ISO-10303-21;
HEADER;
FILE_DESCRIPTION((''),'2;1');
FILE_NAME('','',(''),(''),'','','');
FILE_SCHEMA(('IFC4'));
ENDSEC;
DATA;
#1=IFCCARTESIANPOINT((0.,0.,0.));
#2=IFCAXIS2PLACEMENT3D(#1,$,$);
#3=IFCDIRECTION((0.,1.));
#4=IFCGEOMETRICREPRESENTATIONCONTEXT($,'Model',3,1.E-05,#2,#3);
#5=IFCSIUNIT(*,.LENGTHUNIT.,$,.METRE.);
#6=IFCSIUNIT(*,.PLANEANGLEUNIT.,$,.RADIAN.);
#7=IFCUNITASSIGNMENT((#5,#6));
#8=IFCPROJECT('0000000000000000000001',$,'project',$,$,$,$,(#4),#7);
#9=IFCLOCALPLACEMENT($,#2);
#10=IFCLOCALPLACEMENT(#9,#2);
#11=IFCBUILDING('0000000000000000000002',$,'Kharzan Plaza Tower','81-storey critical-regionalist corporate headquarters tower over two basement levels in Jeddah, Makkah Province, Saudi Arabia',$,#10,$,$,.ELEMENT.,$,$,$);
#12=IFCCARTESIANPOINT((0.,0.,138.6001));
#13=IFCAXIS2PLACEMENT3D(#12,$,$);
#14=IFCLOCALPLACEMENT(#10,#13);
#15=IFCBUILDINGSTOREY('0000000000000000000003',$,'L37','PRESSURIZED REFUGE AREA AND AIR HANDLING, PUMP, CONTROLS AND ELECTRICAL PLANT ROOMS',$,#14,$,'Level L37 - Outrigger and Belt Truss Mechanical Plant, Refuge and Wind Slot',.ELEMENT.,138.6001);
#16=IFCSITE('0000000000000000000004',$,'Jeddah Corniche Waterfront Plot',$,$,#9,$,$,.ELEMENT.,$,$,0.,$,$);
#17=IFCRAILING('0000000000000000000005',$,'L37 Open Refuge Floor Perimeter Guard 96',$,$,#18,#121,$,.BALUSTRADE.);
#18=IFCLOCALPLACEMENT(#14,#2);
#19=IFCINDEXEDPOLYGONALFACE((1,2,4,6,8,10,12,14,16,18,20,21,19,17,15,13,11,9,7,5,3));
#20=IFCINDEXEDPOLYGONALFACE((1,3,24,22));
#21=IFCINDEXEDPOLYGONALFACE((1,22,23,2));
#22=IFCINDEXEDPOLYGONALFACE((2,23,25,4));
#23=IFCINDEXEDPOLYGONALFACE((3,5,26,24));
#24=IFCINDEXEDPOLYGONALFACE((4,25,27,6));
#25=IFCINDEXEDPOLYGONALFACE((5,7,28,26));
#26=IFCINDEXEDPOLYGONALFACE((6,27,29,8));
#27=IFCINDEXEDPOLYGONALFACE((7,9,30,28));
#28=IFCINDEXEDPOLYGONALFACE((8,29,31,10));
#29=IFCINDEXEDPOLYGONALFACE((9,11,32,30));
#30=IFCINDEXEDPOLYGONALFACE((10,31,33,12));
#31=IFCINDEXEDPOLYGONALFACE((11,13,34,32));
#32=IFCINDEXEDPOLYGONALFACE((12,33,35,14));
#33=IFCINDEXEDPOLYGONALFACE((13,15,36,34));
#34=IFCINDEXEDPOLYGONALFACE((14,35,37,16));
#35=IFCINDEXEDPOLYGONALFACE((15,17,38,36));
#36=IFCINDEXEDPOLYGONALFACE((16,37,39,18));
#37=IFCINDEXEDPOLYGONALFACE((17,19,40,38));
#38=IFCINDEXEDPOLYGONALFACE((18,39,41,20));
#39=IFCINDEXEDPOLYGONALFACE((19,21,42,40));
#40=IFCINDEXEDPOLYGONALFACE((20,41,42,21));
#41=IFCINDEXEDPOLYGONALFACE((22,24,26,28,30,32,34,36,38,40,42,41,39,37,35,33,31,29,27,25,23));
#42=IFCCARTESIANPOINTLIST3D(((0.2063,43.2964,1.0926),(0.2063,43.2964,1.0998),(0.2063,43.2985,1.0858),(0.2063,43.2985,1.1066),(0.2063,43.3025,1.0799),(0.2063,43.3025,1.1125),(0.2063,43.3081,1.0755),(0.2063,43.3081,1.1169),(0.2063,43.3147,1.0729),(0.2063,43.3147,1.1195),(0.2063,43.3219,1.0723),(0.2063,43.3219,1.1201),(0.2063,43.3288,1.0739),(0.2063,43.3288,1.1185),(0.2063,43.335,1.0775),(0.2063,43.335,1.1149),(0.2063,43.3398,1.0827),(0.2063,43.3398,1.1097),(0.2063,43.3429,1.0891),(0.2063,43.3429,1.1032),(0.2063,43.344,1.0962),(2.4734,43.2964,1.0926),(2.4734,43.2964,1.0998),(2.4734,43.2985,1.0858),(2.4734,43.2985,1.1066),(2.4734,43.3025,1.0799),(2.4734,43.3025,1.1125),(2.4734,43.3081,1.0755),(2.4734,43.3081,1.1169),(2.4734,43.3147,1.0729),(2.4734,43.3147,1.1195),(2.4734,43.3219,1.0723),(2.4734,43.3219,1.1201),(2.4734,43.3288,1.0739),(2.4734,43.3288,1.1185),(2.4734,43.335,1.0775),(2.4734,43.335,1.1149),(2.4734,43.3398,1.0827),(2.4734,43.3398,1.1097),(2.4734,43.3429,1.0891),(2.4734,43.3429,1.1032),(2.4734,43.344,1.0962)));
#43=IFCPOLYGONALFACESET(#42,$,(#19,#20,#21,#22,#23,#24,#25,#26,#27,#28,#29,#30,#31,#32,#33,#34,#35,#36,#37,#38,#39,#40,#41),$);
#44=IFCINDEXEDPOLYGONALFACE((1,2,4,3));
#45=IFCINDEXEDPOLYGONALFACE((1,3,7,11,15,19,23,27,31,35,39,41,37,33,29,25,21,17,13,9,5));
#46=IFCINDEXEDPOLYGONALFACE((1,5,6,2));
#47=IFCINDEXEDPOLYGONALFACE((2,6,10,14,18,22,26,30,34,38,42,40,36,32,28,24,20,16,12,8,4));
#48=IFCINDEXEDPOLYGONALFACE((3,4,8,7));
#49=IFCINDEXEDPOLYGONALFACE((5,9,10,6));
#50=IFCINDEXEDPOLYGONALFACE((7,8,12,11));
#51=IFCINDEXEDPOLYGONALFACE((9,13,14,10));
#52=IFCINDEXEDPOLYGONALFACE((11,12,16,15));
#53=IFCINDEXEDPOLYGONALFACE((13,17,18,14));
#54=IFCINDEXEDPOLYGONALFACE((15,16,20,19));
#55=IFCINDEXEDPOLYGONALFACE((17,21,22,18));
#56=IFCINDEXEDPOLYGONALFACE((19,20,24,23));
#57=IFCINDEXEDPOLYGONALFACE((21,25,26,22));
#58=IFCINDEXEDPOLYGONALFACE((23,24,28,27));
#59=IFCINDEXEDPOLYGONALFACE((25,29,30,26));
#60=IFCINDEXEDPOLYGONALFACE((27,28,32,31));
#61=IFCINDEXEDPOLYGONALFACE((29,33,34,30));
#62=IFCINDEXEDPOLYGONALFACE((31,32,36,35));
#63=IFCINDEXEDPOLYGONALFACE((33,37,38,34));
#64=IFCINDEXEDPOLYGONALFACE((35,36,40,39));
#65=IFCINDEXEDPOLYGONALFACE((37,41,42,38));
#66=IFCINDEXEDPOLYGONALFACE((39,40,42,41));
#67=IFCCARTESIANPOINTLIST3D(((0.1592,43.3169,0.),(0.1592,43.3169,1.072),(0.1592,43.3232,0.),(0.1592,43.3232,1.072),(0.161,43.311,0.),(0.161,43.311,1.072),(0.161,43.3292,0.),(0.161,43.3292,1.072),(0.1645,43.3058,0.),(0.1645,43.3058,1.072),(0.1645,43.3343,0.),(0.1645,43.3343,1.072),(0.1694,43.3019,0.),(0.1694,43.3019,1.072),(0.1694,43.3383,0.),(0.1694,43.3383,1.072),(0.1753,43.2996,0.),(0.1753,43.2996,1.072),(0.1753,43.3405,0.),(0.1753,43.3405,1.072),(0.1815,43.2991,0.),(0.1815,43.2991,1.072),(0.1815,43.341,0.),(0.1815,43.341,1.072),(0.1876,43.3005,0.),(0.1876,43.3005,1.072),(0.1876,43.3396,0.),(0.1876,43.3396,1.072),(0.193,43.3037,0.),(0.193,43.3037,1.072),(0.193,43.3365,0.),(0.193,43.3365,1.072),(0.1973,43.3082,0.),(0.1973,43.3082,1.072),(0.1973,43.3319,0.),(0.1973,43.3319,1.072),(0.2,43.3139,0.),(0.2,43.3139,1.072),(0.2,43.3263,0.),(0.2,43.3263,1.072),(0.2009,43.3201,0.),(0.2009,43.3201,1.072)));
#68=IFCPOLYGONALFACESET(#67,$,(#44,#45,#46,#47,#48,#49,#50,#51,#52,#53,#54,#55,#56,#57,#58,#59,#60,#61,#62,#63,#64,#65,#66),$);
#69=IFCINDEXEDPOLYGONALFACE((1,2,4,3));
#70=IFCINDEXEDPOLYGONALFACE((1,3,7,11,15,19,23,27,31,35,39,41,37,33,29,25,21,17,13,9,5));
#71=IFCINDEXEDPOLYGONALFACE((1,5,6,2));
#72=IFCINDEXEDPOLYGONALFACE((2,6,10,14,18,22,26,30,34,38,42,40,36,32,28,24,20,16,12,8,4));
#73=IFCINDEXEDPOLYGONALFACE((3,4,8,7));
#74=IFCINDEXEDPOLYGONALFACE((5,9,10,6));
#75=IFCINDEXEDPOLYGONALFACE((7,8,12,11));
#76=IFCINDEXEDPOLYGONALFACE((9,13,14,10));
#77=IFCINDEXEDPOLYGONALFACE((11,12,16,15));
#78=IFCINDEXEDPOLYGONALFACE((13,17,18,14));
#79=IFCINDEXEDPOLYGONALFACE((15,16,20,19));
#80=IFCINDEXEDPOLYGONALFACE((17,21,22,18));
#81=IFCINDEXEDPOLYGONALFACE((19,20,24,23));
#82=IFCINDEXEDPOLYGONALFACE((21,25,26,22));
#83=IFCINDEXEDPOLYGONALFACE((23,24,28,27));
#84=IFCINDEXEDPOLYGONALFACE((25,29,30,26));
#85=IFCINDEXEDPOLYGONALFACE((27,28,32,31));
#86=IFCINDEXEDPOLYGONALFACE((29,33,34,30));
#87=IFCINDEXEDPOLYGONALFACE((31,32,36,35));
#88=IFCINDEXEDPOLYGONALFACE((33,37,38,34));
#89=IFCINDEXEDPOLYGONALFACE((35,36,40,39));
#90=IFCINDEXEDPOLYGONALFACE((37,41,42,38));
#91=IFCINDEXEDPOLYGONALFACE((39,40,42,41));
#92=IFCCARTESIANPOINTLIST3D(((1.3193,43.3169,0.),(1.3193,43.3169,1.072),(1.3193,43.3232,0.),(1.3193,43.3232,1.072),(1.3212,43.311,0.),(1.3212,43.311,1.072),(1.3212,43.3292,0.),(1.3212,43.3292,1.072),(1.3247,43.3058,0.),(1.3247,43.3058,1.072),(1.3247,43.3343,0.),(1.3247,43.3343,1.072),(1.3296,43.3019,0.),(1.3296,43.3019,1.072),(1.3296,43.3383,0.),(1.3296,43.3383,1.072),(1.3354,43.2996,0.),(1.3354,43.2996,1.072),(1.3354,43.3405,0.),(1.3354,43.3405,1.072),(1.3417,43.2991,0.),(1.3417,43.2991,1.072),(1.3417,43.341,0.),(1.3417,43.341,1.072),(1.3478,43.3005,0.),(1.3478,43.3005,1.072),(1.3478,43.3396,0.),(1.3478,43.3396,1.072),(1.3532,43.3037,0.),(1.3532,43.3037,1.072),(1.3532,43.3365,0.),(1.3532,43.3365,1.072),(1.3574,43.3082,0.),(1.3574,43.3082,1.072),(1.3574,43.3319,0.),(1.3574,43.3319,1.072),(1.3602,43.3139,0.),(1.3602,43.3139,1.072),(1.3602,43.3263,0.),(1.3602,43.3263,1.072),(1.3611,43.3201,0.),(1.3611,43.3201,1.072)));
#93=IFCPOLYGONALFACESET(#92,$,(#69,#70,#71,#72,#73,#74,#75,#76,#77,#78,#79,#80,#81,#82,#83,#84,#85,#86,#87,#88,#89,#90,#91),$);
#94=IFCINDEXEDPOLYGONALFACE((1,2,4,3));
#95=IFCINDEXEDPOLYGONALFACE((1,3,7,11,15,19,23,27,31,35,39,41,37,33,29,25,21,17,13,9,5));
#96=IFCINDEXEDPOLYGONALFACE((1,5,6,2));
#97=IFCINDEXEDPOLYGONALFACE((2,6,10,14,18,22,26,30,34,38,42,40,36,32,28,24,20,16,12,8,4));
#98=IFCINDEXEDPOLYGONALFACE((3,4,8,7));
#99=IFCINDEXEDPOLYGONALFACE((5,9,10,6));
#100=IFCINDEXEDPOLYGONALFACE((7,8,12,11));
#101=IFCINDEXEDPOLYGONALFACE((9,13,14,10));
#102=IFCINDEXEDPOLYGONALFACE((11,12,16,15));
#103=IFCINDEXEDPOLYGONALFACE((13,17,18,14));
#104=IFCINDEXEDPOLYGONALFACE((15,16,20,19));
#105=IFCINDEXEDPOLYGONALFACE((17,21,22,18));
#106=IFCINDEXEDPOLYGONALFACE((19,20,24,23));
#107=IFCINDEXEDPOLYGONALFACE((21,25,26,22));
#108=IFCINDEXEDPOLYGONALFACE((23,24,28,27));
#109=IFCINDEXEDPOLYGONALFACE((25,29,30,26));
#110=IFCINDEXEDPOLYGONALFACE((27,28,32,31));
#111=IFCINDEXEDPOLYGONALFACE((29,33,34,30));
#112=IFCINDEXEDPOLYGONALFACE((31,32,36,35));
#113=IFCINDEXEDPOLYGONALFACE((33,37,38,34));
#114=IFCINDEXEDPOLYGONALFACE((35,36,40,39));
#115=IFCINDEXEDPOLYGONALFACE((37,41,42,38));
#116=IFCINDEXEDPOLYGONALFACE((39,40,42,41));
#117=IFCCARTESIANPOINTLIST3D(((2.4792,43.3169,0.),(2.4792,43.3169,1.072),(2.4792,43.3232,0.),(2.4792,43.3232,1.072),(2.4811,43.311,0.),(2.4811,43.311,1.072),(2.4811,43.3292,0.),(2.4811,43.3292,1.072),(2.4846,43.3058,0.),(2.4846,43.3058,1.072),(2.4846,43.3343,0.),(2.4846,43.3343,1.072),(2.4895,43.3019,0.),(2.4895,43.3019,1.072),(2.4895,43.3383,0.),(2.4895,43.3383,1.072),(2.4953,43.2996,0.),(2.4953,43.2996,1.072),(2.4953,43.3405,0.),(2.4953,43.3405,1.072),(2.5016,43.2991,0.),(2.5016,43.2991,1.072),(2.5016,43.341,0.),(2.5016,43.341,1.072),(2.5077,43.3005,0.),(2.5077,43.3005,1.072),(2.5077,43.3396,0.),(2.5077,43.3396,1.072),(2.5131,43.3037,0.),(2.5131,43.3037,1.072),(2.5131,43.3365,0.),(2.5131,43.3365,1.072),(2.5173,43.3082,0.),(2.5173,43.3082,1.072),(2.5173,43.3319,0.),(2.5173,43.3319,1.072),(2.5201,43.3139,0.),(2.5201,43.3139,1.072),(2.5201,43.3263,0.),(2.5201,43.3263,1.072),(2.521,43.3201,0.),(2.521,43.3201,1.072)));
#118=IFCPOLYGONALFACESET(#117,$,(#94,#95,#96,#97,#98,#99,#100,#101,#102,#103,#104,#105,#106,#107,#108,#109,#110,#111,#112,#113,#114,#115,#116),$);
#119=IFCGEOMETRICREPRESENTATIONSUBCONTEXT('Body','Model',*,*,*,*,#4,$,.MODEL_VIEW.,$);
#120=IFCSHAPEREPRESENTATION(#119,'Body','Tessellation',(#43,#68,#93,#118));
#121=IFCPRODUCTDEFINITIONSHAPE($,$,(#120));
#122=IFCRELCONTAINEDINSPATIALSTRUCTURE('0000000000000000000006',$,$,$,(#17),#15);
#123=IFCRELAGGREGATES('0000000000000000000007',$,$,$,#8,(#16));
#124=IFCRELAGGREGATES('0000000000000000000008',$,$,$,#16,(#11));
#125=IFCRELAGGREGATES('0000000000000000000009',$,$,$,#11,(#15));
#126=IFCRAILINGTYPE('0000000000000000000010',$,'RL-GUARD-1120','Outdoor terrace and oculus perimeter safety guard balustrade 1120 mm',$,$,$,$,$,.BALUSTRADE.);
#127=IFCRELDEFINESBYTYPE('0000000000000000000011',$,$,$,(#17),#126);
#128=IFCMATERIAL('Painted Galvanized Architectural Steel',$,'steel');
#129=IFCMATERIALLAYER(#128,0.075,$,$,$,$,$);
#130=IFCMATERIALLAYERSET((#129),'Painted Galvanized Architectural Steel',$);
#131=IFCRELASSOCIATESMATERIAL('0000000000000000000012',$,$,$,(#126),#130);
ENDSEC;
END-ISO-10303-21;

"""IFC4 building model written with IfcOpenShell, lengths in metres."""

from ifc_helpers import new_model, si_unit, direction, frame, origin, origin_2d, place, context, subcontext, project, spatial, circle, extrude, source, transform, mapped, material, layer, layer_set, type_object, element, save


model = new_model("IFC4")

# Units and contexts
model_context = context("Model", 3, precision=1e-05, world=origin(), true_north=direction((0.0, 1.0)))
body_context = subcontext(model_context, "Body", "Model", "MODEL_VIEW")
ifc_project = project(units=[si_unit("LENGTHUNIT", "METRE"), si_unit("PLANEANGLEUNIT", "RADIAN")], contexts=[model_context])

# Site, building, storey
site_placement = place(None, origin())
site = spatial("IfcSite", under=ifc_project, at=site_placement, Name="Jeddah Corniche Waterfront Plot", CompositionType="ELEMENT", RefElevation=0.0)
building_placement = place(site_placement, origin())
building = spatial("IfcBuilding", under=site, at=building_placement, Name="Kharzan Plaza Tower", Description="81-storey critical-regionalist corporate headquarters tower over two basement levels in Jeddah, Makkah Province, Saudi Arabia", CompositionType="ELEMENT")
storey_placement = place(building_placement, frame((0.0, 0.0, 138.6001)))
storey = spatial("IfcBuildingStorey", under=building, at=storey_placement, Name="L37", Description="PRESSURIZED REFUGE AREA AND AIR HANDLING, PUMP, CONTROLS AND ELECTRICAL PLANT ROOMS", LongName="Level L37 - Outrigger and Belt Truss Mechanical Plant, Refuge and Wind Slot", CompositionType="ELEMENT", Elevation=138.6001)

# Railing
ifc_material_1 = material(Name="Painted Galvanized Architectural Steel", Category="steel")
ifc_layer = layer(ifc_material_1, 0.075)
ifc_layer_set = layer_set([ifc_layer], Name="Painted Galvanized Architectural Steel")
railing_type = type_object("IfcRailingType", Name="RL-GUARD-1120", Description="Outdoor terrace and oculus perimeter safety guard balustrade 1120 mm", PredefinedType="BALUSTRADE", material=ifc_layer_set)
shared_shape_1 = source(origin(), body_context, "Body", "SweptSolid", [
    extrude(circle(Radius=0.0239, at=origin_2d()), frame((0.0264, 0.0, 1.0962), z_axis=(1.0, 0.0, 0.0), x_axis=(0.0, 1.0, 0.0)), (0.0, 0.0, 1.0), 2.2671),
    extrude(circle(Radius=0.021, at=origin_2d()), origin(), (0.0, 0.0, 1.0), 1.072),
    extrude(circle(Radius=0.021, at=origin_2d()), frame((1.1602, 0.0, 0.0)), (0.0, 0.0, 1.0), 1.072),
    extrude(circle(Radius=0.021, at=origin_2d()), frame((2.3201, 0.0, 0.0)), (0.0, 0.0, 1.0), 1.072),
])
for number, where, name in (
    (1, (0.1799, 43.3201, 0.0), "L37 Open Refuge Floor Perimeter Guard 96"),
):
    element("IfcRailing", number, at=place(storey_placement, frame(where)), inside=storey, type_object=railing_type, Name=name, PredefinedType="BALUSTRADE", context=body_context, shape_type="MappedRepresentation", body=[
        mapped(shared_shape_1, transform((0.0, 0.0, 0.0), x_axis=(1.0, 0.0, 0.0), y_axis=(0.0, 1.0, 0.0), z_axis=(0.0, 0.0, 1.0))),
    ])

save(model, "model.ifc")
